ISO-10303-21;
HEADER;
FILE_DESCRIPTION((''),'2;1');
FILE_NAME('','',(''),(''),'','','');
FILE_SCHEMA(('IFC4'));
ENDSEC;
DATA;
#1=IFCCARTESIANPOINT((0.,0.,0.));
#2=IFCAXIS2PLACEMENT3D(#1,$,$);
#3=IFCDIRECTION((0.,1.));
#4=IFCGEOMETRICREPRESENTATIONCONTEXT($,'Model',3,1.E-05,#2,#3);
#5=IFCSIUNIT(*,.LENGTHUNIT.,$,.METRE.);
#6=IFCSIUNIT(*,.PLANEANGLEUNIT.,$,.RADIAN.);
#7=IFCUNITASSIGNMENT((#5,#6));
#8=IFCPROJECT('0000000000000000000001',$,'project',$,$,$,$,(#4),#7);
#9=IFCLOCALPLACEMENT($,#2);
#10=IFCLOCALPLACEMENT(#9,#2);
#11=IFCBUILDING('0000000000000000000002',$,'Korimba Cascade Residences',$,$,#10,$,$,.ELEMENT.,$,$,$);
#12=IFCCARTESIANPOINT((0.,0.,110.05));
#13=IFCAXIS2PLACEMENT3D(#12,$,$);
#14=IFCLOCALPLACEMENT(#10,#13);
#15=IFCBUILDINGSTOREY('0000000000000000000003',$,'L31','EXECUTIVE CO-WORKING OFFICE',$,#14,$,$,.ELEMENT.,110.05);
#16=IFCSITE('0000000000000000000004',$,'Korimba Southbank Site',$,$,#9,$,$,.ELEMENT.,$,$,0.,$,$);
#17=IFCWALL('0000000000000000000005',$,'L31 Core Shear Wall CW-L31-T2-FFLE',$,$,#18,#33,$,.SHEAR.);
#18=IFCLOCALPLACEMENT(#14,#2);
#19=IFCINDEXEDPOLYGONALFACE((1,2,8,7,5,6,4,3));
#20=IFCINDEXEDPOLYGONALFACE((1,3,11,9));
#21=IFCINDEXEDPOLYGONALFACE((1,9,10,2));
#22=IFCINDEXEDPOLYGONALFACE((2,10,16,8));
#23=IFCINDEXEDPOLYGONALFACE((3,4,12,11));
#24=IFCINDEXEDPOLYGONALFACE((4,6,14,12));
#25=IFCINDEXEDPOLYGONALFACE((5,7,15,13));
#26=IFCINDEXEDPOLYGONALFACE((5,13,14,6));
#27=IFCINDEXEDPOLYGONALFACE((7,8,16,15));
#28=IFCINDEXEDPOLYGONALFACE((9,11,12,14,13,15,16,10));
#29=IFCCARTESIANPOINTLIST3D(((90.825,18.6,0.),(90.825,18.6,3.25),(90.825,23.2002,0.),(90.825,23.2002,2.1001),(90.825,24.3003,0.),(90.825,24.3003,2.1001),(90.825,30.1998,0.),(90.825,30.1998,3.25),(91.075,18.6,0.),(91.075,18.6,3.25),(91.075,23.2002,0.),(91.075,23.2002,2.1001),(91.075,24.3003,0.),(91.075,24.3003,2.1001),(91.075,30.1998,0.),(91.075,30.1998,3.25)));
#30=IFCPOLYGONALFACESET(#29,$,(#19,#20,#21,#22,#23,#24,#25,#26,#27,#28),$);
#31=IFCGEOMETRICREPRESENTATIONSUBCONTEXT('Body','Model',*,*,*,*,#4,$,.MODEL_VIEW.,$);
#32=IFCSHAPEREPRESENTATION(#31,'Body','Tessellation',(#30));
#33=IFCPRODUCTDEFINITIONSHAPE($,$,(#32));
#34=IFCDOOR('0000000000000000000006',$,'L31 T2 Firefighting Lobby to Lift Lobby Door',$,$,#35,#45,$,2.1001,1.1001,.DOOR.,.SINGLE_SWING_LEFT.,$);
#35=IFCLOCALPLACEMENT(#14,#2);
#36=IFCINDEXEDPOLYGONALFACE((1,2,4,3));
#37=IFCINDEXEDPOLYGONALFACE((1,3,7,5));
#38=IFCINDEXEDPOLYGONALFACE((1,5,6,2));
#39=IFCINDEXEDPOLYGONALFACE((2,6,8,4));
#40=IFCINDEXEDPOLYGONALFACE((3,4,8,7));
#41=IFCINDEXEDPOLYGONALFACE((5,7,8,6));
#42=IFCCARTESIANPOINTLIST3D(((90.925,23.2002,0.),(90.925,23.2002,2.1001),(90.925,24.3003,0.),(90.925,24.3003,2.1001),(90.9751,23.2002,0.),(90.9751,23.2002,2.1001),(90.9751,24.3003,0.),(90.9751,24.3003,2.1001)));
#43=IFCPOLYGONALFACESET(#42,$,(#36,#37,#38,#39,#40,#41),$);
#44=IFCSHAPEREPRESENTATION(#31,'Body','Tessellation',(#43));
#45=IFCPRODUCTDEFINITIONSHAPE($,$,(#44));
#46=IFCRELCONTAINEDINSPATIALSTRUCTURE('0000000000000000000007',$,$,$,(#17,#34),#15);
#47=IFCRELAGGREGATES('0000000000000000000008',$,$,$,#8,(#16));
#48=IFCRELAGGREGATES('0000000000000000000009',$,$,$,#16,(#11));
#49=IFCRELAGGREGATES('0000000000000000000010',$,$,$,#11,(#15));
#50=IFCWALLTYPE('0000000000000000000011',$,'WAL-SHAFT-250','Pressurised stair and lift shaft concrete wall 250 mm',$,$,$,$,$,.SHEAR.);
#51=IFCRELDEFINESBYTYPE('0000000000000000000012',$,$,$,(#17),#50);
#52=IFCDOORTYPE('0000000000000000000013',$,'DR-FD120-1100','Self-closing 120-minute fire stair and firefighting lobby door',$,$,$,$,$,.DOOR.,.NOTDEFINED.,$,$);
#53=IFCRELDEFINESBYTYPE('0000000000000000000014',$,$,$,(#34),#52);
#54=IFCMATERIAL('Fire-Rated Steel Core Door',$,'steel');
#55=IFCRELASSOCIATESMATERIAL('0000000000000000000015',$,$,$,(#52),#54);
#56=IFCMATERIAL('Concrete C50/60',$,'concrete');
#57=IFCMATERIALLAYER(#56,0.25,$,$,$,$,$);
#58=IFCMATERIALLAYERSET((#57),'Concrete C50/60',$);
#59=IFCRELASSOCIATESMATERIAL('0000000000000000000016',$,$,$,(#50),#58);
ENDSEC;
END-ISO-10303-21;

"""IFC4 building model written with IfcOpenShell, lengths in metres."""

from ifc_helpers import new_model, si_unit, direction, frame, frame_2d, origin, place, context, subcontext, project, spatial, rectangle, extrude, material, layer, layer_set, type_object, element, fill, save


model = new_model("IFC4")

# Units and contexts
model_context = context("Model", 3, precision=1e-05, world=origin(), true_north=direction((0.0, 1.0)))
body_context = subcontext(model_context, "Body", "Model", "MODEL_VIEW")
ifc_project = project(units=[si_unit("LENGTHUNIT", "METRE"), si_unit("PLANEANGLEUNIT", "RADIAN")], contexts=[model_context])

# Site, building, storey
site_placement = place(None, origin())
site = spatial("IfcSite", under=ifc_project, at=site_placement, Name="Korimba Southbank Site", CompositionType="ELEMENT", RefElevation=0.0)
building_placement = place(site_placement, origin())
building = spatial("IfcBuilding", under=site, at=building_placement, Name="Korimba Cascade Residences", CompositionType="ELEMENT")
storey_placement = place(building_placement, frame((0.0, 0.0, 110.05)))
storey = spatial("IfcBuildingStorey", under=building, at=storey_placement, Name="L31", Description="EXECUTIVE CO-WORKING OFFICE", CompositionType="ELEMENT", Elevation=110.05)

# Shared definitions
ifc_material_1 = material(Name="Fire-Rated Steel Core Door", Category="steel")
door_type_1 = type_object("IfcDoorType", Name="DR-FD120-1100", Description="Self-closing 120-minute fire stair and firefighting lobby door", OperationType="NOTDEFINED", PredefinedType="DOOR", material=ifc_material_1)

# Shared definitions
ifc_material_2 = material(Name="Concrete C50/60", Category="concrete")
ifc_layer_1 = layer(ifc_material_2, 0.25)
ifc_layer_set_1 = layer_set([ifc_layer_1], Name="Concrete C50/60")
wall_type_1 = type_object("IfcWallType", Name="WAL-SHAFT-250", Description="Pressurised stair and lift shaft concrete wall 250 mm", PredefinedType="SHEAR", material=ifc_layer_set_1)

# Wall, opening, door
wall_1_placement = place(storey_placement, frame((90.95, 18.6001, 0.0), z_axis=(0.0, 0.0, 1.0), x_axis=(0.0, 1.0, 0.0)))
wall_1 = element("IfcWall", 1, at=wall_1_placement, inside=storey, type_object=wall_type_1, Name="L31 Core Shear Wall CW-L31-T2-FFLE", PredefinedType="SHEAR", context=body_context, shape_type="SweptSolid", body=[
    extrude(rectangle(XDim=11.5999, YDim=0.25, at=frame_2d((5.7998, 0.0))), origin(), (0.0, 0.0, 1.0), 3.25),
])
opening_1_placement = place(wall_1_placement, frame((4.6001, 0.0, 0.0)))
opening_1 = element("IfcOpeningElement", 2, at=opening_1_placement, cuts=wall_1, PredefinedType="OPENING", context=body_context, shape_type="SweptSolid", body=[
    extrude(rectangle(XDim=1.1001, YDim=2.1001, at=frame_2d((0.55, 1.05))), frame((0.0, 0.135, 0.0), z_axis=(0.0, -1.0, 0.0), x_axis=(1.0, 0.0, 0.0)), (0.0, 0.0, 1.0), 0.27),
])
door_1_placement = place(opening_1_placement, origin())
door_1 = element("IfcDoor", 3, at=door_1_placement, inside=storey, type_object=door_type_1, Name="L31 T2 Firefighting Lobby to Lift Lobby Door", OperationType="SINGLE_SWING_LEFT", OverallHeight=2.1001, OverallWidth=1.1001, PredefinedType="DOOR", context=body_context, shape_type="SweptSolid", body=[
    extrude(rectangle(XDim=1.1001, YDim=2.1001, at=frame_2d((0.55, 1.05))), frame((0.0, 0.0249, 0.0), z_axis=(0.0, -1.0, 0.0), x_axis=(1.0, 0.0, 0.0)), (0.0, 0.0, 1.0), 0.05),
])
fill(opening_1, door_1)

save(model, "model.ifc")
